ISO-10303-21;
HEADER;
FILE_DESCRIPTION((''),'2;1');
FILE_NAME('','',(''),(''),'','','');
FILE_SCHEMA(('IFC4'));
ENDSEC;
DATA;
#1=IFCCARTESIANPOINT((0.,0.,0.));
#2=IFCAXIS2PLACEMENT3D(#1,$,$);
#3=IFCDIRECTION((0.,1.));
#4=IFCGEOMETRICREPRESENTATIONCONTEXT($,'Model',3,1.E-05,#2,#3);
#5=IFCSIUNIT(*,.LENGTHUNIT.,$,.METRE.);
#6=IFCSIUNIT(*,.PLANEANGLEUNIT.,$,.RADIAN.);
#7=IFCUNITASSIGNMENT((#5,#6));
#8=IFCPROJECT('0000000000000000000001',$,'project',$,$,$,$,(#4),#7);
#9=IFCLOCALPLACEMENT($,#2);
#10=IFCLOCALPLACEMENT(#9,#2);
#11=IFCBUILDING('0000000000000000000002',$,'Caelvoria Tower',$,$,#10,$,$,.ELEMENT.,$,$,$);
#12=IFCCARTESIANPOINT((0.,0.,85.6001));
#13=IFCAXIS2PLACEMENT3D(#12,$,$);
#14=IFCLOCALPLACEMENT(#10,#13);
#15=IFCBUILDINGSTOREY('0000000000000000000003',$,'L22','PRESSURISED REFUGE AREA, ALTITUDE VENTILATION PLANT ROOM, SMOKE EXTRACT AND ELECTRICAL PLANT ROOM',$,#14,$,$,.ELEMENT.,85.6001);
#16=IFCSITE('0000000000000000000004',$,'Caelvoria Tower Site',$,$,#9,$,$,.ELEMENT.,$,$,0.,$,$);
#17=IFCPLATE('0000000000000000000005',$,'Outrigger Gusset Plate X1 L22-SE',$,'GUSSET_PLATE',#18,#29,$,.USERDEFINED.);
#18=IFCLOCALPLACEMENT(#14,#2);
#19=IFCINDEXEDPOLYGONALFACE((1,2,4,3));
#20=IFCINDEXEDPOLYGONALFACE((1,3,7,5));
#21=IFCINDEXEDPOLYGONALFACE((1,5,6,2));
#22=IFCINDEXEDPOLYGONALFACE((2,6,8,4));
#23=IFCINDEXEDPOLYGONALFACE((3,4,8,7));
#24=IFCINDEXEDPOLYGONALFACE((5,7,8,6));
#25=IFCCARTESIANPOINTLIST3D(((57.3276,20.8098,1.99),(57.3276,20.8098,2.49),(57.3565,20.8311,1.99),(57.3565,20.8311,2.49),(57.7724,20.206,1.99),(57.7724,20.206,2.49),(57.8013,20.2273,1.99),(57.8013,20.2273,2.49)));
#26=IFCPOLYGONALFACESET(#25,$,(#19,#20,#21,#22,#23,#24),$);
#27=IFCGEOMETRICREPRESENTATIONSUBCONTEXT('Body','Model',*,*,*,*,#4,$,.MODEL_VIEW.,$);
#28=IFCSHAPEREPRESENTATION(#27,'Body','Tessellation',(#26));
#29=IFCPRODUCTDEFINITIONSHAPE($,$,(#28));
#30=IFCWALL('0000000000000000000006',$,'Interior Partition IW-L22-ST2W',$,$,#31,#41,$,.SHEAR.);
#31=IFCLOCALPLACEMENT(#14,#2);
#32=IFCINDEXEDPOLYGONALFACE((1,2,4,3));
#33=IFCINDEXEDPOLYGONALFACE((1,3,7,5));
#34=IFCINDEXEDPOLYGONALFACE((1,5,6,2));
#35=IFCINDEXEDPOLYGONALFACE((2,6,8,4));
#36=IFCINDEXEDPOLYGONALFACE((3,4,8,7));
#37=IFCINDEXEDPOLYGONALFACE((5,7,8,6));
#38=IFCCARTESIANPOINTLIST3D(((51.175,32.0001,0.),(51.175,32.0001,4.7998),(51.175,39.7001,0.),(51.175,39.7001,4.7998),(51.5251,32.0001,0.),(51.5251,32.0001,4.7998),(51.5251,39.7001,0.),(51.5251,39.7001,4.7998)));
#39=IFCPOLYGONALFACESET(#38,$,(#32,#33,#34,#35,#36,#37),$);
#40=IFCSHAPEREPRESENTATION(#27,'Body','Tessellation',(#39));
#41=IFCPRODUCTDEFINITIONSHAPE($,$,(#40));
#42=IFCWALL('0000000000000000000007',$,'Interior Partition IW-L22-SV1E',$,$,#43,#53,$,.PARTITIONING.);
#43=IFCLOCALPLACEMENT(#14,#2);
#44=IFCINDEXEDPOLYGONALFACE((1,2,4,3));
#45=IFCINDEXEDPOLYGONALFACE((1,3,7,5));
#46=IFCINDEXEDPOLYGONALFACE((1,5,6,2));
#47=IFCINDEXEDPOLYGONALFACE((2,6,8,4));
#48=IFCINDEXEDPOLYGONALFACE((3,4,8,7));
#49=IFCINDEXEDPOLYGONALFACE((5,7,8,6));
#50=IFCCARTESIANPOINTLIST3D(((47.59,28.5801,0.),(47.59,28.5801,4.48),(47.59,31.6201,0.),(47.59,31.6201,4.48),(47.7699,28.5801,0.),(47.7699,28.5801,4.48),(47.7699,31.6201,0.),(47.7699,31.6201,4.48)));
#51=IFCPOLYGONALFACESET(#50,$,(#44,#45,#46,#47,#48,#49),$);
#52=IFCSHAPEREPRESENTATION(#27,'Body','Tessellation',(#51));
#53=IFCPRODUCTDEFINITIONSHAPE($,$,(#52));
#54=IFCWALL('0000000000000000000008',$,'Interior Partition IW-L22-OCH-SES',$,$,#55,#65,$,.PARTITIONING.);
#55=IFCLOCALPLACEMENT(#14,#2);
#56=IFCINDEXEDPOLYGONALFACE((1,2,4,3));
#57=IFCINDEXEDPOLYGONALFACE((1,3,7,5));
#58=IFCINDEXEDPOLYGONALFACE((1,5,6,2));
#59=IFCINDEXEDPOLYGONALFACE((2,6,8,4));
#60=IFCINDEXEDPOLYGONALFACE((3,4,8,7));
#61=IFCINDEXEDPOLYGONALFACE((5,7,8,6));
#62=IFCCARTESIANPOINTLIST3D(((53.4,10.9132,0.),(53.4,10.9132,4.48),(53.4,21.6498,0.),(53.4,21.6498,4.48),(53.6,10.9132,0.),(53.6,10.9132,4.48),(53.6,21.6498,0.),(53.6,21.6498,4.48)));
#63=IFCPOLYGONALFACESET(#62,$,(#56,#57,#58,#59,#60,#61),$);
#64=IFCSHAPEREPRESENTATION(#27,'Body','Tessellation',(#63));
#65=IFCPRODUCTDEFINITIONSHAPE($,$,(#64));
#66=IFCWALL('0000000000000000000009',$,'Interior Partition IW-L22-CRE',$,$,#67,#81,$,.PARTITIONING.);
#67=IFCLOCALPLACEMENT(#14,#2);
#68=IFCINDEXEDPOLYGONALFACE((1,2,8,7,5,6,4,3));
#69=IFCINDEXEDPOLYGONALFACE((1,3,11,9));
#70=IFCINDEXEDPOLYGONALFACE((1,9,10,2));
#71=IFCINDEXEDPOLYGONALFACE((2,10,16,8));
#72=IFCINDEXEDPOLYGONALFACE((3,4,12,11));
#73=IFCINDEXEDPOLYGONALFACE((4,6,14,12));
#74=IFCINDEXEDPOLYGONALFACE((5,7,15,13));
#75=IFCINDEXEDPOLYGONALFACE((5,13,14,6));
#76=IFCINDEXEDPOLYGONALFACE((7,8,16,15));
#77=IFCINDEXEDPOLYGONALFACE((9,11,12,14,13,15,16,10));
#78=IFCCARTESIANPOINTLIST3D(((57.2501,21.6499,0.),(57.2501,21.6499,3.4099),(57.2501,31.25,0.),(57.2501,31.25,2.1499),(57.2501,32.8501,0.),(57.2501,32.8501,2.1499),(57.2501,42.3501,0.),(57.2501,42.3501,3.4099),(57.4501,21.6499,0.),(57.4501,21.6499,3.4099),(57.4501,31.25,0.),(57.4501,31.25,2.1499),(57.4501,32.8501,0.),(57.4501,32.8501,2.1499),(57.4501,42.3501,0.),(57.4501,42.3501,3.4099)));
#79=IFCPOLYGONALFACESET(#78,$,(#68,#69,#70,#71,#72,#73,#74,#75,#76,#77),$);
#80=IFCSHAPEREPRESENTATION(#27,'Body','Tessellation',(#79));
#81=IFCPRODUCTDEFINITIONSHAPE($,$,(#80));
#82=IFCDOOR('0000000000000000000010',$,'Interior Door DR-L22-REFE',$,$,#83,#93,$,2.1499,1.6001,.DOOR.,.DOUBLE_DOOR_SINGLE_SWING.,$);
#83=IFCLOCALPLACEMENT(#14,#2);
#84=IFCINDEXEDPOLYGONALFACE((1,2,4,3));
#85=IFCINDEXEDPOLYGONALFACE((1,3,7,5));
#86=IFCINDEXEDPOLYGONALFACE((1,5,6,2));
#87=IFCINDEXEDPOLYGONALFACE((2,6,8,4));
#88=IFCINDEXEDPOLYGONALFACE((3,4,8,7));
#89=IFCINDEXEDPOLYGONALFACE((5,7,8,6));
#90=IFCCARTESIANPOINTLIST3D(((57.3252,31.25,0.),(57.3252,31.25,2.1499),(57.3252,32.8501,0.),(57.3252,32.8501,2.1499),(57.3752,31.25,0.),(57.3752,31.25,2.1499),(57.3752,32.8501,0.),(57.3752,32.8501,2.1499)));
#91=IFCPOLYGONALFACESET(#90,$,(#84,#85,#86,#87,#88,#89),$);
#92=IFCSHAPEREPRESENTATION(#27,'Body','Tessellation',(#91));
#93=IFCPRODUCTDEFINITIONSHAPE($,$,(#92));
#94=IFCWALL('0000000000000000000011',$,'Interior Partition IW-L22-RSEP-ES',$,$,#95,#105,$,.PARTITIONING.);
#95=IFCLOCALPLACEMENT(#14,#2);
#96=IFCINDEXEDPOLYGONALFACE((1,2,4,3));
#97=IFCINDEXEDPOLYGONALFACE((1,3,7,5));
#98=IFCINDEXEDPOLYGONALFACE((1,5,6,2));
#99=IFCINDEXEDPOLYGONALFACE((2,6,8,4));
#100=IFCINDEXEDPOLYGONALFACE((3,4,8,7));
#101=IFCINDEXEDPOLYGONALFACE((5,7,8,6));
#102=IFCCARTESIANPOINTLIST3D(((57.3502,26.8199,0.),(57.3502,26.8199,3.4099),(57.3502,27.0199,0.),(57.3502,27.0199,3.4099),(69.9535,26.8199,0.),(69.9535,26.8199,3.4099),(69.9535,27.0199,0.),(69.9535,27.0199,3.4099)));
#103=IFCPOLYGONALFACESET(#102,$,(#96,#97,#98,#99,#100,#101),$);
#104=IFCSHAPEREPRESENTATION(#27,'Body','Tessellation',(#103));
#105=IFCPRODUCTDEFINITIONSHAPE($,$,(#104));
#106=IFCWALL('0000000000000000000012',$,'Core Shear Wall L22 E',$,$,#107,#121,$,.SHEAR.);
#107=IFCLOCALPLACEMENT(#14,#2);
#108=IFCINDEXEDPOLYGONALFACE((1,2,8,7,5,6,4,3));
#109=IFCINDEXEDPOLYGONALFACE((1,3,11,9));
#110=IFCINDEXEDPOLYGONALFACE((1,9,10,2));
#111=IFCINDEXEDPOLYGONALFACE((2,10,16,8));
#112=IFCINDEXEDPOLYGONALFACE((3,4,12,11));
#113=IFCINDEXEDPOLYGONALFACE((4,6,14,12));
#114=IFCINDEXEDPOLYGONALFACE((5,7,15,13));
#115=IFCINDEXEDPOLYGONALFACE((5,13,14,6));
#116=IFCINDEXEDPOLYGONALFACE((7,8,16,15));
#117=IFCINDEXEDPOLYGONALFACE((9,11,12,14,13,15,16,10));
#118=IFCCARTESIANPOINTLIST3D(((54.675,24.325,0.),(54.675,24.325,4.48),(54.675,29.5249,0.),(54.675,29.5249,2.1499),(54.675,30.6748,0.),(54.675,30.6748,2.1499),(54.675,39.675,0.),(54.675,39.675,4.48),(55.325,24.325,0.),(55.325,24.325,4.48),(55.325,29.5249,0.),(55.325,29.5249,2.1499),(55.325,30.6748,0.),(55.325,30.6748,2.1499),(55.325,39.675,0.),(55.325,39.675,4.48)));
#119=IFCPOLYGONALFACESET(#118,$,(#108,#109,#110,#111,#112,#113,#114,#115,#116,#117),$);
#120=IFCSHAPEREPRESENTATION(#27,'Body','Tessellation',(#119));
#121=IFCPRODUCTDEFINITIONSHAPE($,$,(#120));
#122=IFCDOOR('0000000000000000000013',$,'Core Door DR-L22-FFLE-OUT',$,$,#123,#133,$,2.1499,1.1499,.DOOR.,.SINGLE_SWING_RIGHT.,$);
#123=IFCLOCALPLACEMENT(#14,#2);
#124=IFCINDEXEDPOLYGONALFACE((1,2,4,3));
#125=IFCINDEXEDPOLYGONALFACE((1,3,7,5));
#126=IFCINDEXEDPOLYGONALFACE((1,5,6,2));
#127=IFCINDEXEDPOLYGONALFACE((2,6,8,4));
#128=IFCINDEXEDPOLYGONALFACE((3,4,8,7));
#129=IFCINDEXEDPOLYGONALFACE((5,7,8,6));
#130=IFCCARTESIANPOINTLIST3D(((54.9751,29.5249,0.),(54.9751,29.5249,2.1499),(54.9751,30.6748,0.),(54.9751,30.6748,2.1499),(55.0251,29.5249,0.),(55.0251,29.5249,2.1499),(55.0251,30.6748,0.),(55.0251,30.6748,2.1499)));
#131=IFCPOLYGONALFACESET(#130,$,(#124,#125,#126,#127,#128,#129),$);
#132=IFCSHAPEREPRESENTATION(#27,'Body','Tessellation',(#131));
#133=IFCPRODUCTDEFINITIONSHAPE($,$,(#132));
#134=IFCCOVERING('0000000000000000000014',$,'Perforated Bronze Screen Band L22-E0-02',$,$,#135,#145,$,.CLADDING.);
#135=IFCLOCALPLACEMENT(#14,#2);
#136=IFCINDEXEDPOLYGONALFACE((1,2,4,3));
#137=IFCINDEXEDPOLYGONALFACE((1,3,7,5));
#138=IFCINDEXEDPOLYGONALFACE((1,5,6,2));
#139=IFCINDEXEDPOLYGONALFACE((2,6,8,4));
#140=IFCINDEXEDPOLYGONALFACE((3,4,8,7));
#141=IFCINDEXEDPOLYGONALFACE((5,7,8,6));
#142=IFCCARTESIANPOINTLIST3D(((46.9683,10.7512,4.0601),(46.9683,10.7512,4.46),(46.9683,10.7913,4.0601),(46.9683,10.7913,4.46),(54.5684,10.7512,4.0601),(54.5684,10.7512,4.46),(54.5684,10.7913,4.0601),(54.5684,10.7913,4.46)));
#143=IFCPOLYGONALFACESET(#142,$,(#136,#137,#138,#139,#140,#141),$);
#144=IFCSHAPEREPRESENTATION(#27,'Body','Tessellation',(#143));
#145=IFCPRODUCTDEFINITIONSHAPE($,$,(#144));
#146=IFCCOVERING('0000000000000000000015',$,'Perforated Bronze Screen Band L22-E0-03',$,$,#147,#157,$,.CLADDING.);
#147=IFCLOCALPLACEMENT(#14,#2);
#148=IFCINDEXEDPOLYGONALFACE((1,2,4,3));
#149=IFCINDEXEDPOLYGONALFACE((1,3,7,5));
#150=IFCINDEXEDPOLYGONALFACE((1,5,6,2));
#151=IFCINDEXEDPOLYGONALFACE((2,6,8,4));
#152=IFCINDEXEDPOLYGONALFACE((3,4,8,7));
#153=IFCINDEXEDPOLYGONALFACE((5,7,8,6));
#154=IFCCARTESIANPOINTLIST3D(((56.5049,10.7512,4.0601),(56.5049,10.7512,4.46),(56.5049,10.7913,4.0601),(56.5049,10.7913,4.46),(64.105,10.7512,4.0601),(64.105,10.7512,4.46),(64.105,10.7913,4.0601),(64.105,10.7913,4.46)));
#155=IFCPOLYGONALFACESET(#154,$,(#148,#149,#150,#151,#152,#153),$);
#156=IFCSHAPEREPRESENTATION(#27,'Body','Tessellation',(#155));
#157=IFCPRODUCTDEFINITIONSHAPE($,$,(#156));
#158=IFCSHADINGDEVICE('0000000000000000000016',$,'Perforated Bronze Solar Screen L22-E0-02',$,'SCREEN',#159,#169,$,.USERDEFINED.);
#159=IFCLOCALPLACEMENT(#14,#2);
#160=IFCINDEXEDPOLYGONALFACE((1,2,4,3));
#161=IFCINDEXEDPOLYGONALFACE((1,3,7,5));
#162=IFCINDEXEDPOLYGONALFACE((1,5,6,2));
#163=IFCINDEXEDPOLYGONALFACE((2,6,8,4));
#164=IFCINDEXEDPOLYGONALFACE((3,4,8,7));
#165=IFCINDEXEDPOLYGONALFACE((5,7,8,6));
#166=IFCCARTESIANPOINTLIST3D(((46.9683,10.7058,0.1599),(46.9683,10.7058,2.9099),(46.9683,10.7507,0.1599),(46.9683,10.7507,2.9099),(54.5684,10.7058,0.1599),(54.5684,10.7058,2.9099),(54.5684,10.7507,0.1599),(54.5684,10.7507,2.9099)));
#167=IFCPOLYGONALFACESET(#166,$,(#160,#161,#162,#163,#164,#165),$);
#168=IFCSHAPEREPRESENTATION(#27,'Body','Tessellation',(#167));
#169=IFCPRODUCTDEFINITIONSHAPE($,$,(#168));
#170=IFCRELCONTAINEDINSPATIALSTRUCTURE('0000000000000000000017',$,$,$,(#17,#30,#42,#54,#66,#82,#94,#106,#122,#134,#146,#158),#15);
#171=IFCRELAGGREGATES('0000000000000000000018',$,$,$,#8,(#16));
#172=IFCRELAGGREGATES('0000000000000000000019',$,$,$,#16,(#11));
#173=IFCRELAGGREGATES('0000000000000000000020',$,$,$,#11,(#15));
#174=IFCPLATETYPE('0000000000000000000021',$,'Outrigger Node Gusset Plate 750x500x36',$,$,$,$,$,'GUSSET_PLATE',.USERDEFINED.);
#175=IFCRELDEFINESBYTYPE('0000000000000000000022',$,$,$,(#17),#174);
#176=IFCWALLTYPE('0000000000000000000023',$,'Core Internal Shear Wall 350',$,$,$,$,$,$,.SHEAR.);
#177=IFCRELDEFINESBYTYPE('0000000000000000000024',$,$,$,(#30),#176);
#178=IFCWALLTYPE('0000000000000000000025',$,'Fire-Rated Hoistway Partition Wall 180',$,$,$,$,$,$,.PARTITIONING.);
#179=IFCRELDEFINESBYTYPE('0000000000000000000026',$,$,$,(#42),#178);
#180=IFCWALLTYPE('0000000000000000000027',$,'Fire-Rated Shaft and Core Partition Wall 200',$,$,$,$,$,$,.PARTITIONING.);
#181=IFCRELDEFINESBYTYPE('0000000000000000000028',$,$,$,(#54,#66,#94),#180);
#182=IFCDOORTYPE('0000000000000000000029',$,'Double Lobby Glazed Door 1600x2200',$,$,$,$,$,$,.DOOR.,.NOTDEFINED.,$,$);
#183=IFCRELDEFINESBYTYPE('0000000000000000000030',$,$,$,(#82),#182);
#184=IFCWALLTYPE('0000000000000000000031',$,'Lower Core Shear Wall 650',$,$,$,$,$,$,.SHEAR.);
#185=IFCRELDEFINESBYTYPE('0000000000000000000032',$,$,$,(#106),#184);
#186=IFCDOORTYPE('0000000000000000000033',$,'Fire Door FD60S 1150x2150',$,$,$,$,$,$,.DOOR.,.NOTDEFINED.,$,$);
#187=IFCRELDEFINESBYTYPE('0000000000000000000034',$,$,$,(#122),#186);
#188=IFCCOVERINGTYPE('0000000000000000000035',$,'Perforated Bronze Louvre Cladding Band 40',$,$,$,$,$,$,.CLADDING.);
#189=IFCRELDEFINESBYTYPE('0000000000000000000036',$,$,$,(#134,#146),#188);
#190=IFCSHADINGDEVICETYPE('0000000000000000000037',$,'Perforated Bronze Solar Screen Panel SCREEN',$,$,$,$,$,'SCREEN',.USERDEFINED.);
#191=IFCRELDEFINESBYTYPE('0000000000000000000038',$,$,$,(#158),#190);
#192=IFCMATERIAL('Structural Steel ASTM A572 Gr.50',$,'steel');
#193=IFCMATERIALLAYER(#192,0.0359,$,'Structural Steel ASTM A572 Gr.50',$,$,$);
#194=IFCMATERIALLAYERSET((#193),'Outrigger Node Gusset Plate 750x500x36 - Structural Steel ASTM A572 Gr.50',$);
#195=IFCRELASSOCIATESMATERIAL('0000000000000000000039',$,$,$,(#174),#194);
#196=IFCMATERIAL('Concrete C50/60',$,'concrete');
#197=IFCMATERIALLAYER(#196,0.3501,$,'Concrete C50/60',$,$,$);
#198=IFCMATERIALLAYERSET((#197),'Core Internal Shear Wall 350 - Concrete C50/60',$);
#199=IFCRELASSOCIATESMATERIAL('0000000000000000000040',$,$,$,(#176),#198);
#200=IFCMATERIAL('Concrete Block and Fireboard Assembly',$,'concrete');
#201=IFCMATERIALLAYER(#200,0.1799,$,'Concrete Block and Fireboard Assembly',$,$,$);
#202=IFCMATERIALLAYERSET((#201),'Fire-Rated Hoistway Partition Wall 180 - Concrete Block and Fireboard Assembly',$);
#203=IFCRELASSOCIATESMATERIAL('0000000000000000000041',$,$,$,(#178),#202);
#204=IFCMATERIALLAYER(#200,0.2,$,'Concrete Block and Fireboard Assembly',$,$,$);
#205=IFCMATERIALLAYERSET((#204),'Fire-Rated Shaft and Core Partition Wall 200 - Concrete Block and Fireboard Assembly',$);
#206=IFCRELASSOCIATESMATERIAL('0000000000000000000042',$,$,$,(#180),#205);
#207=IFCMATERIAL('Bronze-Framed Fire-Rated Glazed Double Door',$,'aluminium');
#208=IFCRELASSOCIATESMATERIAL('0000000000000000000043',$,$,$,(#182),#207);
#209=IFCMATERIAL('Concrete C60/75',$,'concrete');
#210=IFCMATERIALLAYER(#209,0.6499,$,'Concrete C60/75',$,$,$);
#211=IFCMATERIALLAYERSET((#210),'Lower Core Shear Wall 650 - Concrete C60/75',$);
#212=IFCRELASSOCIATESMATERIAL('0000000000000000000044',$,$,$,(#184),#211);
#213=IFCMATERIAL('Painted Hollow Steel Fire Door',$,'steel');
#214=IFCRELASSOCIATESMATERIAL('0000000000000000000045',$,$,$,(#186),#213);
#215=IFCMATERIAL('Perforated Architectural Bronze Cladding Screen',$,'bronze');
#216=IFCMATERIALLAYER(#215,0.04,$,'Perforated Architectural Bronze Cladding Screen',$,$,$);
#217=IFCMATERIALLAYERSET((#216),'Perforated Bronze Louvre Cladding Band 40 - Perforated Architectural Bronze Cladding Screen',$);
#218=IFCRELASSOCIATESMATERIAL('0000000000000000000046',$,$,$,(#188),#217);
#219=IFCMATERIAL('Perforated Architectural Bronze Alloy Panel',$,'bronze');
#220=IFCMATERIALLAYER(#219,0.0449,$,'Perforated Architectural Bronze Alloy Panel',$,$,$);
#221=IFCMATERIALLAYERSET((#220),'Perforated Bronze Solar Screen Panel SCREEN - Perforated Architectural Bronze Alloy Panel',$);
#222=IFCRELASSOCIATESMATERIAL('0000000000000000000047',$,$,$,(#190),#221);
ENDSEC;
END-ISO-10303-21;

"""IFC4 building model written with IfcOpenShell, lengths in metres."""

from ifc_helpers import new_model, si_unit, direction, frame, frame_2d, origin, origin_2d, place, context, subcontext, project, spatial, rectangle, extrude, material, layer, layer_set, type_object, element, fill, save


model = new_model("IFC4")

# Units and contexts
model_context = context("Model", 3, precision=1e-05, world=origin(), true_north=direction((0.0, 1.0)))
body_context = subcontext(model_context, "Body", "Model", "MODEL_VIEW")
ifc_project = project(units=[si_unit("LENGTHUNIT", "METRE"), si_unit("PLANEANGLEUNIT", "RADIAN")], contexts=[model_context])

# Site, building, storey
site_placement = place(None, origin())
site = spatial("IfcSite", under=ifc_project, at=site_placement, Name="Caelvoria Tower Site", CompositionType="ELEMENT", RefElevation=0.0)
building_placement = place(site_placement, origin())
building = spatial("IfcBuilding", under=site, at=building_placement, Name="Caelvoria Tower", CompositionType="ELEMENT")
storey_placement = place(building_placement, frame((0.0, 0.0, 85.6001)))
storey = spatial("IfcBuildingStorey", under=building, at=storey_placement, Name="L22", Description="PRESSURISED REFUGE AREA, ALTITUDE VENTILATION PLANT ROOM, SMOKE EXTRACT AND ELECTRICAL PLANT ROOM", CompositionType="ELEMENT", Elevation=85.6001)

# Shared definitions
ifc_material_1 = material(Name="Structural Steel ASTM A572 Gr.50", Category="steel")

# Plate
ifc_layer_1 = layer(ifc_material_1, 0.0359, Name="Structural Steel ASTM A572 Gr.50")
ifc_layer_set_1 = layer_set([ifc_layer_1], Name="Outrigger Node Gusset Plate 750x500x36 - Structural Steel ASTM A572 Gr.50")
plate_type = type_object("IfcPlateType", Name="Outrigger Node Gusset Plate 750x500x36", ElementType="GUSSET_PLATE", PredefinedType="USERDEFINED", material=ifc_layer_set_1)
for number, where, z_axis, x_axis, name in (
    (1, (57.5645, 20.5186, 1.99), (0.0, 0.0, 1.0), (0.593093, -0.805134, 0.0), "Outrigger Gusset Plate X1 L22-SE"),
):
    element("IfcPlate", number, at=place(storey_placement, frame(where, z_axis=z_axis, x_axis=x_axis)), inside=storey, type_object=plate_type, Name=name, ObjectType="GUSSET_PLATE", PredefinedType="USERDEFINED", context=body_context, shape_type="SweptSolid", body=[
        extrude(rectangle(XDim=0.75, YDim=0.0359, at=origin_2d()), origin(), (0.0, 0.0, 1.0), 0.5),
    ])

# Walls
ifc_material_2 = material(Name="Concrete C50/60", Category="concrete")
ifc_layer_2 = layer(ifc_material_2, 0.3501, Name="Concrete C50/60")
ifc_layer_set_2 = layer_set([ifc_layer_2], Name="Core Internal Shear Wall 350 - Concrete C50/60")
wall_type_1 = type_object("IfcWallType", Name="Core Internal Shear Wall 350", PredefinedType="SHEAR", material=ifc_layer_set_2)
wall_1_placement = place(storey_placement, frame((51.3501, 32.0, 0.0), z_axis=(0.0, 0.0, 1.0), x_axis=(0.0, 1.0, 0.0)))
element("IfcWall", 2, at=wall_1_placement, inside=storey, type_object=wall_type_1, Name="Interior Partition IW-L22-ST2W", PredefinedType="SHEAR", context=body_context, shape_type="SweptSolid", body=[
    extrude(rectangle(XDim=7.7, YDim=0.3501, at=frame_2d((3.8501, 0.0))), origin(), (0.0, 0.0, 1.0), 4.7998),
])
ifc_material_3 = material(Name="Concrete Block and Fireboard Assembly", Category="concrete")
ifc_layer_3 = layer(ifc_material_3, 0.1799, Name="Concrete Block and Fireboard Assembly")
ifc_layer_set_3 = layer_set([ifc_layer_3], Name="Fire-Rated Hoistway Partition Wall 180 - Concrete Block and Fireboard Assembly")
wall_type_2 = type_object("IfcWallType", Name="Fire-Rated Hoistway Partition Wall 180", PredefinedType="PARTITIONING", material=ifc_layer_set_3)
wall_2_placement = place(storey_placement, frame((47.6799, 28.5801, 0.0), z_axis=(0.0, 0.0, 1.0), x_axis=(0.0, 1.0, 0.0)))
element("IfcWall", 3, at=wall_2_placement, inside=storey, type_object=wall_type_2, Name="Interior Partition IW-L22-SV1E", PredefinedType="PARTITIONING", context=body_context, shape_type="SweptSolid", body=[
    extrude(rectangle(XDim=3.04, YDim=0.1799, at=frame_2d((1.52, 0.0))), origin(), (0.0, 0.0, 1.0), 4.48),
])

# Shared definitions
ifc_layer_4 = layer(ifc_material_3, 0.2, Name="Concrete Block and Fireboard Assembly")
ifc_layer_set_4 = layer_set([ifc_layer_4], Name="Fire-Rated Shaft and Core Partition Wall 200 - Concrete Block and Fireboard Assembly")
wall_type_3 = type_object("IfcWallType", Name="Fire-Rated Shaft and Core Partition Wall 200", PredefinedType="PARTITIONING", material=ifc_layer_set_4)

# Wall
wall_3_placement = place(storey_placement, frame((53.5, 10.9133, 0.0), z_axis=(0.0, 0.0, 1.0), x_axis=(0.0, 1.0, 0.0)))
element("IfcWall", 4, at=wall_3_placement, inside=storey, type_object=wall_type_3, Name="Interior Partition IW-L22-OCH-SES", PredefinedType="PARTITIONING", context=body_context, shape_type="SweptSolid", body=[
    extrude(rectangle(XDim=10.7366, YDim=0.2, at=frame_2d((5.3682, 0.0))), origin(), (0.0, 0.0, 1.0), 4.48),
])

# Wall, opening, door
wall_4_placement = place(storey_placement, frame((57.3501, 21.6499, 0.0), z_axis=(0.0, 0.0, 1.0), x_axis=(0.0, 1.0, 0.0)))
wall_4 = element("IfcWall", 5, at=wall_4_placement, inside=storey, type_object=wall_type_3, Name="Interior Partition IW-L22-CRE", PredefinedType="PARTITIONING", context=body_context, shape_type="SweptSolid", body=[
    extrude(rectangle(XDim=20.7002, YDim=0.2, at=frame_2d((10.3501, 0.0))), origin(), (0.0, 0.0, 1.0), 3.4099),
])
opening_1_placement = place(wall_4_placement, frame((9.6001, 0.0, 0.0)))
opening_1 = element("IfcOpeningElement", 6, at=opening_1_placement, cuts=wall_4, PredefinedType="OPENING", context=body_context, shape_type="SweptSolid", body=[
    extrude(rectangle(XDim=1.6001, YDim=2.1499, at=frame_2d((0.8, 1.075))), frame((0.0, 0.1099, 0.0), z_axis=(0.0, -1.0, 0.0), x_axis=(1.0, 0.0, 0.0)), (0.0, 0.0, 1.0), 0.22),
])
ifc_material_4 = material(Name="Bronze-Framed Fire-Rated Glazed Double Door", Category="aluminium")
door_type_1 = type_object("IfcDoorType", Name="Double Lobby Glazed Door 1600x2200", OperationType="NOTDEFINED", PredefinedType="DOOR", material=ifc_material_4)
door_1_placement = place(opening_1_placement, origin())
door_1 = element("IfcDoor", 7, at=door_1_placement, inside=storey, type_object=door_type_1, Name="Interior Door DR-L22-REFE", OperationType="DOUBLE_DOOR_SINGLE_SWING", OverallHeight=2.1499, OverallWidth=1.6001, PredefinedType="DOOR", context=body_context, shape_type="SweptSolid", body=[
    extrude(rectangle(XDim=1.6001, YDim=2.1499, at=frame_2d((0.8, 1.075))), frame((0.0, 0.0249, 0.0), z_axis=(0.0, -1.0, 0.0), x_axis=(1.0, 0.0, 0.0)), (0.0, 0.0, 1.0), 0.05),
])
fill(opening_1, door_1)

# Wall
wall_5_placement = place(storey_placement, frame((57.3501, 26.9199, 0.0), z_axis=(0.0, 0.0, 1.0), x_axis=(1.0, 0.0, 0.0)))
element("IfcWall", 8, at=wall_5_placement, inside=storey, type_object=wall_type_3, Name="Interior Partition IW-L22-RSEP-ES", PredefinedType="PARTITIONING", context=body_context, shape_type="SweptSolid", body=[
    extrude(rectangle(XDim=12.6033, YDim=0.2, at=frame_2d((6.3018, 0.0))), origin(), (0.0, 0.0, 1.0), 3.4099),
])

# Wall, opening, door
ifc_material_5 = material(Name="Concrete C60/75", Category="concrete")
ifc_layer_5 = layer(ifc_material_5, 0.6499, Name="Concrete C60/75")
ifc_layer_set_5 = layer_set([ifc_layer_5], Name="Lower Core Shear Wall 650 - Concrete C60/75")
wall_type_4 = type_object("IfcWallType", Name="Lower Core Shear Wall 650", PredefinedType="SHEAR", material=ifc_layer_set_5)
wall_6_placement = place(storey_placement, frame((55.0, 24.325, 0.0), z_axis=(0.0, 0.0, 1.0), x_axis=(0.0, 1.0, 0.0)))
wall_6 = element("IfcWall", 9, at=wall_6_placement, inside=storey, type_object=wall_type_4, Name="Core Shear Wall L22 E", PredefinedType="SHEAR", context=body_context, shape_type="SweptSolid", body=[
    extrude(rectangle(XDim=15.3501, YDim=0.6499, at=frame_2d((7.675, 0.0))), origin(), (0.0, 0.0, 1.0), 4.48),
])
opening_2_placement = place(wall_6_placement, frame((5.2, 0.0, 0.0)))
opening_2 = element("IfcOpeningElement", 10, at=opening_2_placement, cuts=wall_6, PredefinedType="OPENING", context=body_context, shape_type="SweptSolid", body=[
    extrude(rectangle(XDim=1.1499, YDim=2.1499, at=frame_2d((0.575, 1.075))), frame((0.0, 0.335, 0.0), z_axis=(0.0, -1.0, 0.0), x_axis=(1.0, 0.0, 0.0)), (0.0, 0.0, 1.0), 0.6699),
])
ifc_material_6 = material(Name="Painted Hollow Steel Fire Door", Category="steel")
door_type_2 = type_object("IfcDoorType", Name="Fire Door FD60S 1150x2150", OperationType="NOTDEFINED", PredefinedType="DOOR", material=ifc_material_6)
door_2_placement = place(opening_2_placement, origin())
door_2 = element("IfcDoor", 11, at=door_2_placement, inside=storey, type_object=door_type_2, Name="Core Door DR-L22-FFLE-OUT", OperationType="SINGLE_SWING_RIGHT", OverallHeight=2.1499, OverallWidth=1.1499, PredefinedType="DOOR", context=body_context, shape_type="SweptSolid", body=[
    extrude(rectangle(XDim=1.1499, YDim=2.1499, at=frame_2d((0.575, 1.075))), frame((0.0, 0.0249, 0.0), z_axis=(0.0, -1.0, 0.0), x_axis=(1.0, 0.0, 0.0)), (0.0, 0.0, 1.0), 0.05),
])
fill(opening_2, door_2)

# Coverings
ifc_material_7 = material(Name="Perforated Architectural Bronze Cladding Screen", Category="bronze")
ifc_layer_6 = layer(ifc_material_7, 0.04, Name="Perforated Architectural Bronze Cladding Screen")
ifc_layer_set_6 = layer_set([ifc_layer_6], Name="Perforated Bronze Louvre Cladding Band 40 - Perforated Architectural Bronze Cladding Screen")
covering_type = type_object("IfcCoveringType", Name="Perforated Bronze Louvre Cladding Band 40", PredefinedType="CLADDING", material=ifc_layer_set_6)
for number, where, z_axis, x_axis, name in (
    (12, (50.7683, 10.7712, 4.0601), (0.0, 0.0, 1.0), (1.0, 0.0, 0.0), "Perforated Bronze Screen Band L22-E0-02"),
    (13, (60.3049, 10.7712, 4.0601), (0.0, 0.0, 1.0), (1.0, 0.0, 0.0), "Perforated Bronze Screen Band L22-E0-03"),
):
    element("IfcCovering", number, at=place(storey_placement, frame(where, z_axis=z_axis, x_axis=x_axis)), inside=storey, type_object=covering_type, Name=name, PredefinedType="CLADDING", context=body_context, shape_type="SweptSolid", body=[
        extrude(rectangle(XDim=7.6001, YDim=0.04, at=origin_2d()), origin(), (0.0, 0.0, 1.0), 0.3999),
    ])

# Shading device
ifc_material_8 = material(Name="Perforated Architectural Bronze Alloy Panel", Category="bronze")
ifc_layer_7 = layer(ifc_material_8, 0.0449, Name="Perforated Architectural Bronze Alloy Panel")
ifc_layer_set_7 = layer_set([ifc_layer_7], Name="Perforated Bronze Solar Screen Panel SCREEN - Perforated Architectural Bronze Alloy Panel")
shading_device_type = type_object("IfcShadingDeviceType", Name="Perforated Bronze Solar Screen Panel SCREEN", ElementType="SCREEN", PredefinedType="USERDEFINED", material=ifc_layer_set_7)
for number, where, z_axis, x_axis, name in (
    (14, (50.7683, 10.7283, 0.1599), (0.0, 0.0, 1.0), (1.0, 0.0, 0.0), "Perforated Bronze Solar Screen L22-E0-02"),
):
    element("IfcShadingDevice", number, at=place(storey_placement, frame(where, z_axis=z_axis, x_axis=x_axis)), inside=storey, type_object=shading_device_type, Name=name, ObjectType="SCREEN", PredefinedType="USERDEFINED", context=body_context, shape_type="SweptSolid", body=[
        extrude(rectangle(XDim=7.6001, YDim=0.0449, at=origin_2d()), origin(), (0.0, 0.0, 1.0), 2.75),
    ])

save(model, "model.ifc")
